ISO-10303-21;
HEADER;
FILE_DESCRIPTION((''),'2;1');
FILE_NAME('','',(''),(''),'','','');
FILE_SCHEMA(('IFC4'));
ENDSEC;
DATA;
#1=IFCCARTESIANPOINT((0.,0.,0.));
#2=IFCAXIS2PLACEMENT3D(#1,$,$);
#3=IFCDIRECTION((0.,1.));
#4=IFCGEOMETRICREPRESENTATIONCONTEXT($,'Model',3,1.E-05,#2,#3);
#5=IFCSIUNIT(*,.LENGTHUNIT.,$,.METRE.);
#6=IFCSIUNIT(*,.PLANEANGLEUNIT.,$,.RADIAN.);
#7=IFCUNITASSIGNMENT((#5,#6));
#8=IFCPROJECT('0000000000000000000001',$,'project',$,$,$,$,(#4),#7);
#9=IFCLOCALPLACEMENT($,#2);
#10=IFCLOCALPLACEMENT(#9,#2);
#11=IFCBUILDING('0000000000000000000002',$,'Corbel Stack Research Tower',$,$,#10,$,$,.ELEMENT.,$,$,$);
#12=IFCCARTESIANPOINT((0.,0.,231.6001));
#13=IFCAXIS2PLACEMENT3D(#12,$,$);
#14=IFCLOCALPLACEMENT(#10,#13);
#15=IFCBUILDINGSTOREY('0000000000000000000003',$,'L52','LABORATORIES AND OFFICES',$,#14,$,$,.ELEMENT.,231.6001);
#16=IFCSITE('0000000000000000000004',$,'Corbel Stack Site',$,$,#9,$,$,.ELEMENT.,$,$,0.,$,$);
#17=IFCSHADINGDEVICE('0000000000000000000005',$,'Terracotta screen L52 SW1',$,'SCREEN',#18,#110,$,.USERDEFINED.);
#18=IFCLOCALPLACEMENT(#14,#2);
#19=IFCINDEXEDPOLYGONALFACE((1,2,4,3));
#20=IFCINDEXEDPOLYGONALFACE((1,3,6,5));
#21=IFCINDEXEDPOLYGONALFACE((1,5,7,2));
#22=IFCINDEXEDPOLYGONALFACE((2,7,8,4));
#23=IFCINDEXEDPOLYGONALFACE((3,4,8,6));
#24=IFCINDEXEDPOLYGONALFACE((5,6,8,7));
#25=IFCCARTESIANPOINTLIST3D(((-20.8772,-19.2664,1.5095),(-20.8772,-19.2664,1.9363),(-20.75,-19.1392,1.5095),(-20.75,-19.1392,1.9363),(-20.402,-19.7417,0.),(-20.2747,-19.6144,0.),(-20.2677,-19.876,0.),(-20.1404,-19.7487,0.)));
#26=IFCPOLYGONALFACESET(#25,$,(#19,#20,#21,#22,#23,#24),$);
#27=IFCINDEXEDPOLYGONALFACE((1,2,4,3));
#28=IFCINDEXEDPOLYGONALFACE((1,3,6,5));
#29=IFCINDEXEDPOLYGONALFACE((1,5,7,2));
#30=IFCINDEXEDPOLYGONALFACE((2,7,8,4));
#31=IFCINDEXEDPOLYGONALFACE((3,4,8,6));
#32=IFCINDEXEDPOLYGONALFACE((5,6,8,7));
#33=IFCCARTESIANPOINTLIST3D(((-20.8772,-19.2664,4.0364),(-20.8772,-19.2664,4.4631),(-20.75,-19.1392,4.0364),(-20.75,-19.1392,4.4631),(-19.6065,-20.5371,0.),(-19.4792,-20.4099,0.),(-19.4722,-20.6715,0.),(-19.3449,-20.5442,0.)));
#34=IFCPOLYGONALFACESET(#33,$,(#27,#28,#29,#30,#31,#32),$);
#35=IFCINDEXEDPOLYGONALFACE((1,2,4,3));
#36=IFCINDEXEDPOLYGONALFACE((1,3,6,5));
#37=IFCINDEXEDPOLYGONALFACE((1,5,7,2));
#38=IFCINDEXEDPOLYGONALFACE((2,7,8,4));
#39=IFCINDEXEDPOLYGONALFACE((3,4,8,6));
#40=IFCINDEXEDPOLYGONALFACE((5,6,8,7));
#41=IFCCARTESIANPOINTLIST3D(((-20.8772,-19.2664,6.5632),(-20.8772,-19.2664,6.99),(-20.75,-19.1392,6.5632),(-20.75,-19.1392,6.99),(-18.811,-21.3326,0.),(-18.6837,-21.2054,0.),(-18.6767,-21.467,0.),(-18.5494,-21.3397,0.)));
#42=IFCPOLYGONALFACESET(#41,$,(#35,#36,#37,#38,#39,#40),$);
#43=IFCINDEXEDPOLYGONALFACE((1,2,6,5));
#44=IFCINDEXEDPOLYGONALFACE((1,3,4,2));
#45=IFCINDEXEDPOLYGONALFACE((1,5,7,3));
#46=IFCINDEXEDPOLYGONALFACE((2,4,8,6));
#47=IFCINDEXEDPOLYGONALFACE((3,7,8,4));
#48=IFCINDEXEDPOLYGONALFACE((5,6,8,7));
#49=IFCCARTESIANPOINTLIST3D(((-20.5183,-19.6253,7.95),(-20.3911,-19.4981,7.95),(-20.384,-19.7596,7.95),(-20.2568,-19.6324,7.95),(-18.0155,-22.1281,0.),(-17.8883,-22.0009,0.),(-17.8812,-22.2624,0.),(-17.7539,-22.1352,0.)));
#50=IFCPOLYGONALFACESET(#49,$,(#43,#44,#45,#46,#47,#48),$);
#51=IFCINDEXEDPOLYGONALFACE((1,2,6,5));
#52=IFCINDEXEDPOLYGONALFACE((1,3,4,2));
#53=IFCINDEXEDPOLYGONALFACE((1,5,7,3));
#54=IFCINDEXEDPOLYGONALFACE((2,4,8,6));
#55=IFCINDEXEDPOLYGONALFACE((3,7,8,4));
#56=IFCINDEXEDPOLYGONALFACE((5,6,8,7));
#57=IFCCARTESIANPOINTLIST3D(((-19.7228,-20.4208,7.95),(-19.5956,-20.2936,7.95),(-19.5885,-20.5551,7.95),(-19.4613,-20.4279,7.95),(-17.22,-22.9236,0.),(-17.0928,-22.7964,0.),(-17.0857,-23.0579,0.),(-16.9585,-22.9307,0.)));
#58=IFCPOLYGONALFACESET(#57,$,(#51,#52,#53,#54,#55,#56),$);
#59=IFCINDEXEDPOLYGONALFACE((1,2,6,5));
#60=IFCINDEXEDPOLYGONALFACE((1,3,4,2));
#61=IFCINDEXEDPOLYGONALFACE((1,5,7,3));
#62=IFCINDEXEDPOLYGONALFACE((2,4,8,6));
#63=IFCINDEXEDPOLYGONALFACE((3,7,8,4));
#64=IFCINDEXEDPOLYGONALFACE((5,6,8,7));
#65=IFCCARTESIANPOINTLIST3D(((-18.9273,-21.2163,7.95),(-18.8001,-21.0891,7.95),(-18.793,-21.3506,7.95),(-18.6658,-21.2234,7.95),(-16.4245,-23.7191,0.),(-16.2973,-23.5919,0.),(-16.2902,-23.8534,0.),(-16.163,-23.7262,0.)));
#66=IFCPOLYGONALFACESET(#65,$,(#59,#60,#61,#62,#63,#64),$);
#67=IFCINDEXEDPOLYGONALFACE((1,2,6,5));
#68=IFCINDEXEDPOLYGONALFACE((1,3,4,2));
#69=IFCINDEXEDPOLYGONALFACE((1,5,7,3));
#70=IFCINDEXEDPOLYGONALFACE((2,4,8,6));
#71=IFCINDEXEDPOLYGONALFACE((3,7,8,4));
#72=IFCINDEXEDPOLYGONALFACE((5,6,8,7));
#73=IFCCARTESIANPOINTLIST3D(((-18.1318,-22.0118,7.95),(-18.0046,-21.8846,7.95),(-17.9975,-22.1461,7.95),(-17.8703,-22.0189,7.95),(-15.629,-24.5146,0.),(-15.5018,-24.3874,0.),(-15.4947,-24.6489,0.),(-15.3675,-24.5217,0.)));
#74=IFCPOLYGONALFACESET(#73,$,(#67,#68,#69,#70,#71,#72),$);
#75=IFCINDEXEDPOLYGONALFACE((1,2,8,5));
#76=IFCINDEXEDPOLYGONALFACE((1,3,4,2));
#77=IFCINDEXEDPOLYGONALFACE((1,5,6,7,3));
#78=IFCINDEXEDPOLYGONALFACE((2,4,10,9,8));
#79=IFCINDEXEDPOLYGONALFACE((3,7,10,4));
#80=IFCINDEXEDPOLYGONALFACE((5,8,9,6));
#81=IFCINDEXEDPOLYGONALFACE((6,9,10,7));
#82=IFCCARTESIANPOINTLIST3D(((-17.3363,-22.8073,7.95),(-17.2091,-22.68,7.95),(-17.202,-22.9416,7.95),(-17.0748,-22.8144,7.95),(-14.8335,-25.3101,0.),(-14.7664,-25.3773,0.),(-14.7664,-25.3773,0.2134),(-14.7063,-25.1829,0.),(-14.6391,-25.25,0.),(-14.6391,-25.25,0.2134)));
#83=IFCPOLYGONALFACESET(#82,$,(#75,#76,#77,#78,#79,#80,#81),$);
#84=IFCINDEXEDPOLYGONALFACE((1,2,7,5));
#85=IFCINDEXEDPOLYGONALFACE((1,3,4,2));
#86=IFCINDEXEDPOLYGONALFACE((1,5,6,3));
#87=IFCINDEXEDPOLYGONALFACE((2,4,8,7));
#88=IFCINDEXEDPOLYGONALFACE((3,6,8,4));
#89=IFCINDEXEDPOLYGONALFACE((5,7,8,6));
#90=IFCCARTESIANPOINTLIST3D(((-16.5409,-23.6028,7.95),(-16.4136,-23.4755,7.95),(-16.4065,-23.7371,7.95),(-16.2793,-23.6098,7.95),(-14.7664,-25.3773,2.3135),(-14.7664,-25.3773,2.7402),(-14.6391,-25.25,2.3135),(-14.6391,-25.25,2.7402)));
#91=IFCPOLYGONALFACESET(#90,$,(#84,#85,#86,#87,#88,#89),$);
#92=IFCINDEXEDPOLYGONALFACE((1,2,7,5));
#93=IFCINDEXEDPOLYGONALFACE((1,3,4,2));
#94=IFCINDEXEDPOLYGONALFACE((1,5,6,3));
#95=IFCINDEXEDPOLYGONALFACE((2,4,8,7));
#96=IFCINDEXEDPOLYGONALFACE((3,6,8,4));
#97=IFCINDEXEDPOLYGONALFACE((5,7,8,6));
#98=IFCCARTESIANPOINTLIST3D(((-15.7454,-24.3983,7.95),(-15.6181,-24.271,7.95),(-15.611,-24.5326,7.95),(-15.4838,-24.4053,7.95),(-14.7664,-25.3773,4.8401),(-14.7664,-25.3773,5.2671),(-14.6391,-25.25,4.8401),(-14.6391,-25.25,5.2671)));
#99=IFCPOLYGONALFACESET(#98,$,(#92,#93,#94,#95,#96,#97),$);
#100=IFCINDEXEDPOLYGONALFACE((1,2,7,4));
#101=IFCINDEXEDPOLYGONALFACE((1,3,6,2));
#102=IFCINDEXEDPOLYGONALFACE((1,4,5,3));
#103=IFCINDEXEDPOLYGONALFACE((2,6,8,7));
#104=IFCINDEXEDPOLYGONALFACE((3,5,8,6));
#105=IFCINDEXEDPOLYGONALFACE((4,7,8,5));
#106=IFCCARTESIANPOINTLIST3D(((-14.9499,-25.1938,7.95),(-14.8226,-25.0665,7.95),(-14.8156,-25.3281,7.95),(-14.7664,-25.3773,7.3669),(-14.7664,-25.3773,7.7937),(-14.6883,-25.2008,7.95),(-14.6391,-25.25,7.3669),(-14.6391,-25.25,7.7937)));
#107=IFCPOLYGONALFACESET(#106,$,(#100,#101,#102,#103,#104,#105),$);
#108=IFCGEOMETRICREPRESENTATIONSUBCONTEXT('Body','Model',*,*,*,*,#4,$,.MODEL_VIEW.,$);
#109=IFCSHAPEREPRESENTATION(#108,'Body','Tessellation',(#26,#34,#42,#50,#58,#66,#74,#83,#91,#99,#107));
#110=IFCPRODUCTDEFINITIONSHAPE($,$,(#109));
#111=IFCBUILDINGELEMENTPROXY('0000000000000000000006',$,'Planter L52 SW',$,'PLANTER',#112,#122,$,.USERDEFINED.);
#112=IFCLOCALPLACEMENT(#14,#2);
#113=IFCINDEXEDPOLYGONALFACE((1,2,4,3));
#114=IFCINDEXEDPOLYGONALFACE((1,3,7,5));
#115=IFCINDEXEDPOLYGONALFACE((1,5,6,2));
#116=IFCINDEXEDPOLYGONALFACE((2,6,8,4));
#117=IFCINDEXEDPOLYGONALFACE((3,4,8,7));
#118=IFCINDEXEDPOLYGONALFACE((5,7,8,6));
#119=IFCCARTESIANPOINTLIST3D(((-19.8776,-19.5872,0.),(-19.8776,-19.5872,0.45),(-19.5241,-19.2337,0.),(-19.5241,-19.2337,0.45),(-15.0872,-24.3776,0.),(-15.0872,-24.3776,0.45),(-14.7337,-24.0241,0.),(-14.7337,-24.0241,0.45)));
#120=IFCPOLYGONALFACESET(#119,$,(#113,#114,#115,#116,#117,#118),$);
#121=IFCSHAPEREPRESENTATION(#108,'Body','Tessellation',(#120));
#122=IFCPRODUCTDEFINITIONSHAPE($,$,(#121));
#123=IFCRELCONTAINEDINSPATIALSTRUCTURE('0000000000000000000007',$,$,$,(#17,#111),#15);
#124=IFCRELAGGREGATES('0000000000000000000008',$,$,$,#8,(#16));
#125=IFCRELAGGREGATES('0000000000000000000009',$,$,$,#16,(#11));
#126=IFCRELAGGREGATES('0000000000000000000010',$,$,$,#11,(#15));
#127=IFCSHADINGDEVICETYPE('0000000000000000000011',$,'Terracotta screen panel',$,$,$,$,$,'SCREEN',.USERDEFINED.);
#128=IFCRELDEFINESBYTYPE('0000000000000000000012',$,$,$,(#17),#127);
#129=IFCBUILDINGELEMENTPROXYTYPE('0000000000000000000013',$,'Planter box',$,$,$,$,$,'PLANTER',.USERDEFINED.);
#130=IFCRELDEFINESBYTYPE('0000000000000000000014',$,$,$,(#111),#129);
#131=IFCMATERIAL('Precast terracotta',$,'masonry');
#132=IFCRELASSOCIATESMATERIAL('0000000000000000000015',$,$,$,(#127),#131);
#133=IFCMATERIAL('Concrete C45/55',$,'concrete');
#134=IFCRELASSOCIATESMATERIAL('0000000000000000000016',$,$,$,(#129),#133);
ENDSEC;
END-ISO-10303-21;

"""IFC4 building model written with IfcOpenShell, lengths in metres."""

from ifc_helpers import new_model, si_unit, direction, frame, origin, origin_2d, place, context, subcontext, project, spatial, polyline, rectangle, outline, extrude, source, transform, mapped, material, type_object, element, save


model = new_model("IFC4")

# Units and contexts
model_context = context("Model", 3, precision=1e-05, world=origin(), true_north=direction((0.0, 1.0)))
body_context = subcontext(model_context, "Body", "Model", "MODEL_VIEW")
ifc_project = project(units=[si_unit("LENGTHUNIT", "METRE"), si_unit("PLANEANGLEUNIT", "RADIAN")], contexts=[model_context])

# Site, building, storey
site_placement = place(None, origin())
site = spatial("IfcSite", under=ifc_project, at=site_placement, Name="Corbel Stack Site", CompositionType="ELEMENT", RefElevation=0.0)
building_placement = place(site_placement, origin())
building = spatial("IfcBuilding", under=site, at=building_placement, Name="Corbel Stack Research Tower", CompositionType="ELEMENT")
storey_placement = place(building_placement, frame((0.0, 0.0, 231.6001)))
storey = spatial("IfcBuildingStorey", under=building, at=storey_placement, Name="L52", Description="LABORATORIES AND OFFICES", CompositionType="ELEMENT", Elevation=231.6001)

# Shading device
ifc_material_1 = material(Name="Precast terracotta", Category="masonry")
shading_device_type = type_object("IfcShadingDeviceType", Name="Terracotta screen panel", ElementType="SCREEN", PredefinedType="USERDEFINED", material=ifc_material_1)
shared_shape_1 = source(origin(), body_context, "Body", "SweptSolid", [
    extrude(outline(polyline([(0.8621, 0.0), (0.0, 1.9363), (0.0, 1.5095), (0.6721, 0.0), (0.8621, 0.0)])), frame((0.0, 0.0, 0.0), z_axis=(0.0, -1.0, 0.0), x_axis=(1.0, 0.0, 0.0)), (0.0, 0.0, 1.0), 0.1799),
    extrude(outline(polyline([(1.9871, 0.0), (0.0, 4.4631), (0.0, 4.0364), (1.7971, 0.0), (1.9871, 0.0)])), frame((0.0, 0.0, 0.0), z_axis=(0.0, -1.0, 0.0), x_axis=(1.0, 0.0, 0.0)), (0.0, 0.0, 1.0), 0.1799),
    extrude(outline(polyline([(3.1121, 0.0), (0.0, 6.99), (0.0, 6.5632), (2.9221, 0.0), (3.1121, 0.0)])), frame((0.0, 0.0, 0.0), z_axis=(0.0, -1.0, 0.0), x_axis=(1.0, 0.0, 0.0)), (0.0, 0.0, 1.0), 0.1799),
    extrude(outline(polyline([(4.2371, 0.0), (0.6975, 7.95), (0.5076, 7.95), (4.0471, 0.0), (4.2371, 0.0)])), frame((0.0, 0.0, 0.0), z_axis=(0.0, -1.0, 0.0), x_axis=(1.0, 0.0, 0.0)), (0.0, 0.0, 1.0), 0.1799),
    extrude(outline(polyline([(5.3621, 0.0), (1.8225, 7.95), (1.6326, 7.95), (5.1721, 0.0), (5.3621, 0.0)])), frame((0.0, 0.0, 0.0), z_axis=(0.0, -1.0, 0.0), x_axis=(1.0, 0.0, 0.0)), (0.0, 0.0, 1.0), 0.1799),
    extrude(outline(polyline([(6.4871, 0.0), (2.9475, 7.95), (2.7576, 7.95), (6.2971, 0.0), (6.4871, 0.0)])), frame((0.0, 0.0, 0.0), z_axis=(0.0, -1.0, 0.0), x_axis=(1.0, 0.0, 0.0)), (0.0, 0.0, 1.0), 0.1799),
    extrude(outline(polyline([(7.6121, 0.0), (4.0725, 7.95), (3.8826, 7.95), (7.4221, 0.0), (7.6121, 0.0)])), frame((0.0, 0.0, 0.0), z_axis=(0.0, -1.0, 0.0), x_axis=(1.0, 0.0, 0.0)), (0.0, 0.0, 1.0), 0.1799),
    extrude(outline(polyline([(8.6421, 0.0), (8.6421, 0.2134), (5.1975, 7.95), (5.0076, 7.95), (8.5471, 0.0), (8.6421, 0.0)])), frame((0.0, 0.0, 0.0), z_axis=(0.0, -1.0, 0.0), x_axis=(1.0, 0.0, 0.0)), (0.0, 0.0, 1.0), 0.1799),
    extrude(outline(polyline([(6.3225, 7.95), (6.1326, 7.95), (8.6421, 2.3135), (8.6421, 2.7402), (6.3225, 7.95)])), frame((0.0, 0.0, 0.0), z_axis=(0.0, -1.0, 0.0), x_axis=(1.0, 0.0, 0.0)), (0.0, 0.0, 1.0), 0.1799),
    extrude(outline(polyline([(7.4475, 7.95), (7.2576, 7.95), (8.6421, 4.8401), (8.6421, 5.2671), (7.4475, 7.95)])), frame((0.0, 0.0, 0.0), z_axis=(0.0, -1.0, 0.0), x_axis=(1.0, 0.0, 0.0)), (0.0, 0.0, 1.0), 0.1799),
    extrude(outline(polyline([(8.5725, 7.95), (8.3826, 7.95), (8.6421, 7.3669), (8.6421, 7.7937), (8.5725, 7.95)])), frame((0.0, 0.0, 0.0), z_axis=(0.0, -1.0, 0.0), x_axis=(1.0, 0.0, 0.0)), (0.0, 0.0, 1.0), 0.1799),
])
shading_device_1_placement = place(storey_placement, frame((-20.75, -19.1392, 0.0), z_axis=(0.0, 0.0, 1.0), x_axis=(0.707107, -0.707107, 0.0)))
element("IfcShadingDevice", 1, at=shading_device_1_placement, inside=storey, type_object=shading_device_type, Name="Terracotta screen L52 SW1", ObjectType="SCREEN", PredefinedType="USERDEFINED", context=body_context, shape_type="MappedRepresentation", body=[
    mapped(shared_shape_1, transform((0.0, 0.0, 0.0))),
])

# Building element proxy
ifc_material_2 = material(Name="Concrete C45/55", Category="concrete")
building_element_proxy_type = type_object("IfcBuildingElementProxyType", Name="Planter box", ElementType="PLANTER", PredefinedType="USERDEFINED", material=ifc_material_2)
proxy_placement = place(storey_placement, frame((-17.3057, -21.8057, 0.0), z_axis=(0.0, 0.0, 1.0), x_axis=(0.707107, -0.707107, 0.0)))
element("IfcBuildingElementProxy", 2, at=proxy_placement, inside=storey, type_object=building_element_proxy_type, Name="Planter L52 SW", ObjectType="PLANTER", PredefinedType="USERDEFINED", context=body_context, shape_type="SweptSolid", body=[
    extrude(rectangle(XDim=6.7747, YDim=0.5, at=origin_2d()), origin(), (0.0, 0.0, 1.0), 0.45),
])

save(model, "model.ifc")
